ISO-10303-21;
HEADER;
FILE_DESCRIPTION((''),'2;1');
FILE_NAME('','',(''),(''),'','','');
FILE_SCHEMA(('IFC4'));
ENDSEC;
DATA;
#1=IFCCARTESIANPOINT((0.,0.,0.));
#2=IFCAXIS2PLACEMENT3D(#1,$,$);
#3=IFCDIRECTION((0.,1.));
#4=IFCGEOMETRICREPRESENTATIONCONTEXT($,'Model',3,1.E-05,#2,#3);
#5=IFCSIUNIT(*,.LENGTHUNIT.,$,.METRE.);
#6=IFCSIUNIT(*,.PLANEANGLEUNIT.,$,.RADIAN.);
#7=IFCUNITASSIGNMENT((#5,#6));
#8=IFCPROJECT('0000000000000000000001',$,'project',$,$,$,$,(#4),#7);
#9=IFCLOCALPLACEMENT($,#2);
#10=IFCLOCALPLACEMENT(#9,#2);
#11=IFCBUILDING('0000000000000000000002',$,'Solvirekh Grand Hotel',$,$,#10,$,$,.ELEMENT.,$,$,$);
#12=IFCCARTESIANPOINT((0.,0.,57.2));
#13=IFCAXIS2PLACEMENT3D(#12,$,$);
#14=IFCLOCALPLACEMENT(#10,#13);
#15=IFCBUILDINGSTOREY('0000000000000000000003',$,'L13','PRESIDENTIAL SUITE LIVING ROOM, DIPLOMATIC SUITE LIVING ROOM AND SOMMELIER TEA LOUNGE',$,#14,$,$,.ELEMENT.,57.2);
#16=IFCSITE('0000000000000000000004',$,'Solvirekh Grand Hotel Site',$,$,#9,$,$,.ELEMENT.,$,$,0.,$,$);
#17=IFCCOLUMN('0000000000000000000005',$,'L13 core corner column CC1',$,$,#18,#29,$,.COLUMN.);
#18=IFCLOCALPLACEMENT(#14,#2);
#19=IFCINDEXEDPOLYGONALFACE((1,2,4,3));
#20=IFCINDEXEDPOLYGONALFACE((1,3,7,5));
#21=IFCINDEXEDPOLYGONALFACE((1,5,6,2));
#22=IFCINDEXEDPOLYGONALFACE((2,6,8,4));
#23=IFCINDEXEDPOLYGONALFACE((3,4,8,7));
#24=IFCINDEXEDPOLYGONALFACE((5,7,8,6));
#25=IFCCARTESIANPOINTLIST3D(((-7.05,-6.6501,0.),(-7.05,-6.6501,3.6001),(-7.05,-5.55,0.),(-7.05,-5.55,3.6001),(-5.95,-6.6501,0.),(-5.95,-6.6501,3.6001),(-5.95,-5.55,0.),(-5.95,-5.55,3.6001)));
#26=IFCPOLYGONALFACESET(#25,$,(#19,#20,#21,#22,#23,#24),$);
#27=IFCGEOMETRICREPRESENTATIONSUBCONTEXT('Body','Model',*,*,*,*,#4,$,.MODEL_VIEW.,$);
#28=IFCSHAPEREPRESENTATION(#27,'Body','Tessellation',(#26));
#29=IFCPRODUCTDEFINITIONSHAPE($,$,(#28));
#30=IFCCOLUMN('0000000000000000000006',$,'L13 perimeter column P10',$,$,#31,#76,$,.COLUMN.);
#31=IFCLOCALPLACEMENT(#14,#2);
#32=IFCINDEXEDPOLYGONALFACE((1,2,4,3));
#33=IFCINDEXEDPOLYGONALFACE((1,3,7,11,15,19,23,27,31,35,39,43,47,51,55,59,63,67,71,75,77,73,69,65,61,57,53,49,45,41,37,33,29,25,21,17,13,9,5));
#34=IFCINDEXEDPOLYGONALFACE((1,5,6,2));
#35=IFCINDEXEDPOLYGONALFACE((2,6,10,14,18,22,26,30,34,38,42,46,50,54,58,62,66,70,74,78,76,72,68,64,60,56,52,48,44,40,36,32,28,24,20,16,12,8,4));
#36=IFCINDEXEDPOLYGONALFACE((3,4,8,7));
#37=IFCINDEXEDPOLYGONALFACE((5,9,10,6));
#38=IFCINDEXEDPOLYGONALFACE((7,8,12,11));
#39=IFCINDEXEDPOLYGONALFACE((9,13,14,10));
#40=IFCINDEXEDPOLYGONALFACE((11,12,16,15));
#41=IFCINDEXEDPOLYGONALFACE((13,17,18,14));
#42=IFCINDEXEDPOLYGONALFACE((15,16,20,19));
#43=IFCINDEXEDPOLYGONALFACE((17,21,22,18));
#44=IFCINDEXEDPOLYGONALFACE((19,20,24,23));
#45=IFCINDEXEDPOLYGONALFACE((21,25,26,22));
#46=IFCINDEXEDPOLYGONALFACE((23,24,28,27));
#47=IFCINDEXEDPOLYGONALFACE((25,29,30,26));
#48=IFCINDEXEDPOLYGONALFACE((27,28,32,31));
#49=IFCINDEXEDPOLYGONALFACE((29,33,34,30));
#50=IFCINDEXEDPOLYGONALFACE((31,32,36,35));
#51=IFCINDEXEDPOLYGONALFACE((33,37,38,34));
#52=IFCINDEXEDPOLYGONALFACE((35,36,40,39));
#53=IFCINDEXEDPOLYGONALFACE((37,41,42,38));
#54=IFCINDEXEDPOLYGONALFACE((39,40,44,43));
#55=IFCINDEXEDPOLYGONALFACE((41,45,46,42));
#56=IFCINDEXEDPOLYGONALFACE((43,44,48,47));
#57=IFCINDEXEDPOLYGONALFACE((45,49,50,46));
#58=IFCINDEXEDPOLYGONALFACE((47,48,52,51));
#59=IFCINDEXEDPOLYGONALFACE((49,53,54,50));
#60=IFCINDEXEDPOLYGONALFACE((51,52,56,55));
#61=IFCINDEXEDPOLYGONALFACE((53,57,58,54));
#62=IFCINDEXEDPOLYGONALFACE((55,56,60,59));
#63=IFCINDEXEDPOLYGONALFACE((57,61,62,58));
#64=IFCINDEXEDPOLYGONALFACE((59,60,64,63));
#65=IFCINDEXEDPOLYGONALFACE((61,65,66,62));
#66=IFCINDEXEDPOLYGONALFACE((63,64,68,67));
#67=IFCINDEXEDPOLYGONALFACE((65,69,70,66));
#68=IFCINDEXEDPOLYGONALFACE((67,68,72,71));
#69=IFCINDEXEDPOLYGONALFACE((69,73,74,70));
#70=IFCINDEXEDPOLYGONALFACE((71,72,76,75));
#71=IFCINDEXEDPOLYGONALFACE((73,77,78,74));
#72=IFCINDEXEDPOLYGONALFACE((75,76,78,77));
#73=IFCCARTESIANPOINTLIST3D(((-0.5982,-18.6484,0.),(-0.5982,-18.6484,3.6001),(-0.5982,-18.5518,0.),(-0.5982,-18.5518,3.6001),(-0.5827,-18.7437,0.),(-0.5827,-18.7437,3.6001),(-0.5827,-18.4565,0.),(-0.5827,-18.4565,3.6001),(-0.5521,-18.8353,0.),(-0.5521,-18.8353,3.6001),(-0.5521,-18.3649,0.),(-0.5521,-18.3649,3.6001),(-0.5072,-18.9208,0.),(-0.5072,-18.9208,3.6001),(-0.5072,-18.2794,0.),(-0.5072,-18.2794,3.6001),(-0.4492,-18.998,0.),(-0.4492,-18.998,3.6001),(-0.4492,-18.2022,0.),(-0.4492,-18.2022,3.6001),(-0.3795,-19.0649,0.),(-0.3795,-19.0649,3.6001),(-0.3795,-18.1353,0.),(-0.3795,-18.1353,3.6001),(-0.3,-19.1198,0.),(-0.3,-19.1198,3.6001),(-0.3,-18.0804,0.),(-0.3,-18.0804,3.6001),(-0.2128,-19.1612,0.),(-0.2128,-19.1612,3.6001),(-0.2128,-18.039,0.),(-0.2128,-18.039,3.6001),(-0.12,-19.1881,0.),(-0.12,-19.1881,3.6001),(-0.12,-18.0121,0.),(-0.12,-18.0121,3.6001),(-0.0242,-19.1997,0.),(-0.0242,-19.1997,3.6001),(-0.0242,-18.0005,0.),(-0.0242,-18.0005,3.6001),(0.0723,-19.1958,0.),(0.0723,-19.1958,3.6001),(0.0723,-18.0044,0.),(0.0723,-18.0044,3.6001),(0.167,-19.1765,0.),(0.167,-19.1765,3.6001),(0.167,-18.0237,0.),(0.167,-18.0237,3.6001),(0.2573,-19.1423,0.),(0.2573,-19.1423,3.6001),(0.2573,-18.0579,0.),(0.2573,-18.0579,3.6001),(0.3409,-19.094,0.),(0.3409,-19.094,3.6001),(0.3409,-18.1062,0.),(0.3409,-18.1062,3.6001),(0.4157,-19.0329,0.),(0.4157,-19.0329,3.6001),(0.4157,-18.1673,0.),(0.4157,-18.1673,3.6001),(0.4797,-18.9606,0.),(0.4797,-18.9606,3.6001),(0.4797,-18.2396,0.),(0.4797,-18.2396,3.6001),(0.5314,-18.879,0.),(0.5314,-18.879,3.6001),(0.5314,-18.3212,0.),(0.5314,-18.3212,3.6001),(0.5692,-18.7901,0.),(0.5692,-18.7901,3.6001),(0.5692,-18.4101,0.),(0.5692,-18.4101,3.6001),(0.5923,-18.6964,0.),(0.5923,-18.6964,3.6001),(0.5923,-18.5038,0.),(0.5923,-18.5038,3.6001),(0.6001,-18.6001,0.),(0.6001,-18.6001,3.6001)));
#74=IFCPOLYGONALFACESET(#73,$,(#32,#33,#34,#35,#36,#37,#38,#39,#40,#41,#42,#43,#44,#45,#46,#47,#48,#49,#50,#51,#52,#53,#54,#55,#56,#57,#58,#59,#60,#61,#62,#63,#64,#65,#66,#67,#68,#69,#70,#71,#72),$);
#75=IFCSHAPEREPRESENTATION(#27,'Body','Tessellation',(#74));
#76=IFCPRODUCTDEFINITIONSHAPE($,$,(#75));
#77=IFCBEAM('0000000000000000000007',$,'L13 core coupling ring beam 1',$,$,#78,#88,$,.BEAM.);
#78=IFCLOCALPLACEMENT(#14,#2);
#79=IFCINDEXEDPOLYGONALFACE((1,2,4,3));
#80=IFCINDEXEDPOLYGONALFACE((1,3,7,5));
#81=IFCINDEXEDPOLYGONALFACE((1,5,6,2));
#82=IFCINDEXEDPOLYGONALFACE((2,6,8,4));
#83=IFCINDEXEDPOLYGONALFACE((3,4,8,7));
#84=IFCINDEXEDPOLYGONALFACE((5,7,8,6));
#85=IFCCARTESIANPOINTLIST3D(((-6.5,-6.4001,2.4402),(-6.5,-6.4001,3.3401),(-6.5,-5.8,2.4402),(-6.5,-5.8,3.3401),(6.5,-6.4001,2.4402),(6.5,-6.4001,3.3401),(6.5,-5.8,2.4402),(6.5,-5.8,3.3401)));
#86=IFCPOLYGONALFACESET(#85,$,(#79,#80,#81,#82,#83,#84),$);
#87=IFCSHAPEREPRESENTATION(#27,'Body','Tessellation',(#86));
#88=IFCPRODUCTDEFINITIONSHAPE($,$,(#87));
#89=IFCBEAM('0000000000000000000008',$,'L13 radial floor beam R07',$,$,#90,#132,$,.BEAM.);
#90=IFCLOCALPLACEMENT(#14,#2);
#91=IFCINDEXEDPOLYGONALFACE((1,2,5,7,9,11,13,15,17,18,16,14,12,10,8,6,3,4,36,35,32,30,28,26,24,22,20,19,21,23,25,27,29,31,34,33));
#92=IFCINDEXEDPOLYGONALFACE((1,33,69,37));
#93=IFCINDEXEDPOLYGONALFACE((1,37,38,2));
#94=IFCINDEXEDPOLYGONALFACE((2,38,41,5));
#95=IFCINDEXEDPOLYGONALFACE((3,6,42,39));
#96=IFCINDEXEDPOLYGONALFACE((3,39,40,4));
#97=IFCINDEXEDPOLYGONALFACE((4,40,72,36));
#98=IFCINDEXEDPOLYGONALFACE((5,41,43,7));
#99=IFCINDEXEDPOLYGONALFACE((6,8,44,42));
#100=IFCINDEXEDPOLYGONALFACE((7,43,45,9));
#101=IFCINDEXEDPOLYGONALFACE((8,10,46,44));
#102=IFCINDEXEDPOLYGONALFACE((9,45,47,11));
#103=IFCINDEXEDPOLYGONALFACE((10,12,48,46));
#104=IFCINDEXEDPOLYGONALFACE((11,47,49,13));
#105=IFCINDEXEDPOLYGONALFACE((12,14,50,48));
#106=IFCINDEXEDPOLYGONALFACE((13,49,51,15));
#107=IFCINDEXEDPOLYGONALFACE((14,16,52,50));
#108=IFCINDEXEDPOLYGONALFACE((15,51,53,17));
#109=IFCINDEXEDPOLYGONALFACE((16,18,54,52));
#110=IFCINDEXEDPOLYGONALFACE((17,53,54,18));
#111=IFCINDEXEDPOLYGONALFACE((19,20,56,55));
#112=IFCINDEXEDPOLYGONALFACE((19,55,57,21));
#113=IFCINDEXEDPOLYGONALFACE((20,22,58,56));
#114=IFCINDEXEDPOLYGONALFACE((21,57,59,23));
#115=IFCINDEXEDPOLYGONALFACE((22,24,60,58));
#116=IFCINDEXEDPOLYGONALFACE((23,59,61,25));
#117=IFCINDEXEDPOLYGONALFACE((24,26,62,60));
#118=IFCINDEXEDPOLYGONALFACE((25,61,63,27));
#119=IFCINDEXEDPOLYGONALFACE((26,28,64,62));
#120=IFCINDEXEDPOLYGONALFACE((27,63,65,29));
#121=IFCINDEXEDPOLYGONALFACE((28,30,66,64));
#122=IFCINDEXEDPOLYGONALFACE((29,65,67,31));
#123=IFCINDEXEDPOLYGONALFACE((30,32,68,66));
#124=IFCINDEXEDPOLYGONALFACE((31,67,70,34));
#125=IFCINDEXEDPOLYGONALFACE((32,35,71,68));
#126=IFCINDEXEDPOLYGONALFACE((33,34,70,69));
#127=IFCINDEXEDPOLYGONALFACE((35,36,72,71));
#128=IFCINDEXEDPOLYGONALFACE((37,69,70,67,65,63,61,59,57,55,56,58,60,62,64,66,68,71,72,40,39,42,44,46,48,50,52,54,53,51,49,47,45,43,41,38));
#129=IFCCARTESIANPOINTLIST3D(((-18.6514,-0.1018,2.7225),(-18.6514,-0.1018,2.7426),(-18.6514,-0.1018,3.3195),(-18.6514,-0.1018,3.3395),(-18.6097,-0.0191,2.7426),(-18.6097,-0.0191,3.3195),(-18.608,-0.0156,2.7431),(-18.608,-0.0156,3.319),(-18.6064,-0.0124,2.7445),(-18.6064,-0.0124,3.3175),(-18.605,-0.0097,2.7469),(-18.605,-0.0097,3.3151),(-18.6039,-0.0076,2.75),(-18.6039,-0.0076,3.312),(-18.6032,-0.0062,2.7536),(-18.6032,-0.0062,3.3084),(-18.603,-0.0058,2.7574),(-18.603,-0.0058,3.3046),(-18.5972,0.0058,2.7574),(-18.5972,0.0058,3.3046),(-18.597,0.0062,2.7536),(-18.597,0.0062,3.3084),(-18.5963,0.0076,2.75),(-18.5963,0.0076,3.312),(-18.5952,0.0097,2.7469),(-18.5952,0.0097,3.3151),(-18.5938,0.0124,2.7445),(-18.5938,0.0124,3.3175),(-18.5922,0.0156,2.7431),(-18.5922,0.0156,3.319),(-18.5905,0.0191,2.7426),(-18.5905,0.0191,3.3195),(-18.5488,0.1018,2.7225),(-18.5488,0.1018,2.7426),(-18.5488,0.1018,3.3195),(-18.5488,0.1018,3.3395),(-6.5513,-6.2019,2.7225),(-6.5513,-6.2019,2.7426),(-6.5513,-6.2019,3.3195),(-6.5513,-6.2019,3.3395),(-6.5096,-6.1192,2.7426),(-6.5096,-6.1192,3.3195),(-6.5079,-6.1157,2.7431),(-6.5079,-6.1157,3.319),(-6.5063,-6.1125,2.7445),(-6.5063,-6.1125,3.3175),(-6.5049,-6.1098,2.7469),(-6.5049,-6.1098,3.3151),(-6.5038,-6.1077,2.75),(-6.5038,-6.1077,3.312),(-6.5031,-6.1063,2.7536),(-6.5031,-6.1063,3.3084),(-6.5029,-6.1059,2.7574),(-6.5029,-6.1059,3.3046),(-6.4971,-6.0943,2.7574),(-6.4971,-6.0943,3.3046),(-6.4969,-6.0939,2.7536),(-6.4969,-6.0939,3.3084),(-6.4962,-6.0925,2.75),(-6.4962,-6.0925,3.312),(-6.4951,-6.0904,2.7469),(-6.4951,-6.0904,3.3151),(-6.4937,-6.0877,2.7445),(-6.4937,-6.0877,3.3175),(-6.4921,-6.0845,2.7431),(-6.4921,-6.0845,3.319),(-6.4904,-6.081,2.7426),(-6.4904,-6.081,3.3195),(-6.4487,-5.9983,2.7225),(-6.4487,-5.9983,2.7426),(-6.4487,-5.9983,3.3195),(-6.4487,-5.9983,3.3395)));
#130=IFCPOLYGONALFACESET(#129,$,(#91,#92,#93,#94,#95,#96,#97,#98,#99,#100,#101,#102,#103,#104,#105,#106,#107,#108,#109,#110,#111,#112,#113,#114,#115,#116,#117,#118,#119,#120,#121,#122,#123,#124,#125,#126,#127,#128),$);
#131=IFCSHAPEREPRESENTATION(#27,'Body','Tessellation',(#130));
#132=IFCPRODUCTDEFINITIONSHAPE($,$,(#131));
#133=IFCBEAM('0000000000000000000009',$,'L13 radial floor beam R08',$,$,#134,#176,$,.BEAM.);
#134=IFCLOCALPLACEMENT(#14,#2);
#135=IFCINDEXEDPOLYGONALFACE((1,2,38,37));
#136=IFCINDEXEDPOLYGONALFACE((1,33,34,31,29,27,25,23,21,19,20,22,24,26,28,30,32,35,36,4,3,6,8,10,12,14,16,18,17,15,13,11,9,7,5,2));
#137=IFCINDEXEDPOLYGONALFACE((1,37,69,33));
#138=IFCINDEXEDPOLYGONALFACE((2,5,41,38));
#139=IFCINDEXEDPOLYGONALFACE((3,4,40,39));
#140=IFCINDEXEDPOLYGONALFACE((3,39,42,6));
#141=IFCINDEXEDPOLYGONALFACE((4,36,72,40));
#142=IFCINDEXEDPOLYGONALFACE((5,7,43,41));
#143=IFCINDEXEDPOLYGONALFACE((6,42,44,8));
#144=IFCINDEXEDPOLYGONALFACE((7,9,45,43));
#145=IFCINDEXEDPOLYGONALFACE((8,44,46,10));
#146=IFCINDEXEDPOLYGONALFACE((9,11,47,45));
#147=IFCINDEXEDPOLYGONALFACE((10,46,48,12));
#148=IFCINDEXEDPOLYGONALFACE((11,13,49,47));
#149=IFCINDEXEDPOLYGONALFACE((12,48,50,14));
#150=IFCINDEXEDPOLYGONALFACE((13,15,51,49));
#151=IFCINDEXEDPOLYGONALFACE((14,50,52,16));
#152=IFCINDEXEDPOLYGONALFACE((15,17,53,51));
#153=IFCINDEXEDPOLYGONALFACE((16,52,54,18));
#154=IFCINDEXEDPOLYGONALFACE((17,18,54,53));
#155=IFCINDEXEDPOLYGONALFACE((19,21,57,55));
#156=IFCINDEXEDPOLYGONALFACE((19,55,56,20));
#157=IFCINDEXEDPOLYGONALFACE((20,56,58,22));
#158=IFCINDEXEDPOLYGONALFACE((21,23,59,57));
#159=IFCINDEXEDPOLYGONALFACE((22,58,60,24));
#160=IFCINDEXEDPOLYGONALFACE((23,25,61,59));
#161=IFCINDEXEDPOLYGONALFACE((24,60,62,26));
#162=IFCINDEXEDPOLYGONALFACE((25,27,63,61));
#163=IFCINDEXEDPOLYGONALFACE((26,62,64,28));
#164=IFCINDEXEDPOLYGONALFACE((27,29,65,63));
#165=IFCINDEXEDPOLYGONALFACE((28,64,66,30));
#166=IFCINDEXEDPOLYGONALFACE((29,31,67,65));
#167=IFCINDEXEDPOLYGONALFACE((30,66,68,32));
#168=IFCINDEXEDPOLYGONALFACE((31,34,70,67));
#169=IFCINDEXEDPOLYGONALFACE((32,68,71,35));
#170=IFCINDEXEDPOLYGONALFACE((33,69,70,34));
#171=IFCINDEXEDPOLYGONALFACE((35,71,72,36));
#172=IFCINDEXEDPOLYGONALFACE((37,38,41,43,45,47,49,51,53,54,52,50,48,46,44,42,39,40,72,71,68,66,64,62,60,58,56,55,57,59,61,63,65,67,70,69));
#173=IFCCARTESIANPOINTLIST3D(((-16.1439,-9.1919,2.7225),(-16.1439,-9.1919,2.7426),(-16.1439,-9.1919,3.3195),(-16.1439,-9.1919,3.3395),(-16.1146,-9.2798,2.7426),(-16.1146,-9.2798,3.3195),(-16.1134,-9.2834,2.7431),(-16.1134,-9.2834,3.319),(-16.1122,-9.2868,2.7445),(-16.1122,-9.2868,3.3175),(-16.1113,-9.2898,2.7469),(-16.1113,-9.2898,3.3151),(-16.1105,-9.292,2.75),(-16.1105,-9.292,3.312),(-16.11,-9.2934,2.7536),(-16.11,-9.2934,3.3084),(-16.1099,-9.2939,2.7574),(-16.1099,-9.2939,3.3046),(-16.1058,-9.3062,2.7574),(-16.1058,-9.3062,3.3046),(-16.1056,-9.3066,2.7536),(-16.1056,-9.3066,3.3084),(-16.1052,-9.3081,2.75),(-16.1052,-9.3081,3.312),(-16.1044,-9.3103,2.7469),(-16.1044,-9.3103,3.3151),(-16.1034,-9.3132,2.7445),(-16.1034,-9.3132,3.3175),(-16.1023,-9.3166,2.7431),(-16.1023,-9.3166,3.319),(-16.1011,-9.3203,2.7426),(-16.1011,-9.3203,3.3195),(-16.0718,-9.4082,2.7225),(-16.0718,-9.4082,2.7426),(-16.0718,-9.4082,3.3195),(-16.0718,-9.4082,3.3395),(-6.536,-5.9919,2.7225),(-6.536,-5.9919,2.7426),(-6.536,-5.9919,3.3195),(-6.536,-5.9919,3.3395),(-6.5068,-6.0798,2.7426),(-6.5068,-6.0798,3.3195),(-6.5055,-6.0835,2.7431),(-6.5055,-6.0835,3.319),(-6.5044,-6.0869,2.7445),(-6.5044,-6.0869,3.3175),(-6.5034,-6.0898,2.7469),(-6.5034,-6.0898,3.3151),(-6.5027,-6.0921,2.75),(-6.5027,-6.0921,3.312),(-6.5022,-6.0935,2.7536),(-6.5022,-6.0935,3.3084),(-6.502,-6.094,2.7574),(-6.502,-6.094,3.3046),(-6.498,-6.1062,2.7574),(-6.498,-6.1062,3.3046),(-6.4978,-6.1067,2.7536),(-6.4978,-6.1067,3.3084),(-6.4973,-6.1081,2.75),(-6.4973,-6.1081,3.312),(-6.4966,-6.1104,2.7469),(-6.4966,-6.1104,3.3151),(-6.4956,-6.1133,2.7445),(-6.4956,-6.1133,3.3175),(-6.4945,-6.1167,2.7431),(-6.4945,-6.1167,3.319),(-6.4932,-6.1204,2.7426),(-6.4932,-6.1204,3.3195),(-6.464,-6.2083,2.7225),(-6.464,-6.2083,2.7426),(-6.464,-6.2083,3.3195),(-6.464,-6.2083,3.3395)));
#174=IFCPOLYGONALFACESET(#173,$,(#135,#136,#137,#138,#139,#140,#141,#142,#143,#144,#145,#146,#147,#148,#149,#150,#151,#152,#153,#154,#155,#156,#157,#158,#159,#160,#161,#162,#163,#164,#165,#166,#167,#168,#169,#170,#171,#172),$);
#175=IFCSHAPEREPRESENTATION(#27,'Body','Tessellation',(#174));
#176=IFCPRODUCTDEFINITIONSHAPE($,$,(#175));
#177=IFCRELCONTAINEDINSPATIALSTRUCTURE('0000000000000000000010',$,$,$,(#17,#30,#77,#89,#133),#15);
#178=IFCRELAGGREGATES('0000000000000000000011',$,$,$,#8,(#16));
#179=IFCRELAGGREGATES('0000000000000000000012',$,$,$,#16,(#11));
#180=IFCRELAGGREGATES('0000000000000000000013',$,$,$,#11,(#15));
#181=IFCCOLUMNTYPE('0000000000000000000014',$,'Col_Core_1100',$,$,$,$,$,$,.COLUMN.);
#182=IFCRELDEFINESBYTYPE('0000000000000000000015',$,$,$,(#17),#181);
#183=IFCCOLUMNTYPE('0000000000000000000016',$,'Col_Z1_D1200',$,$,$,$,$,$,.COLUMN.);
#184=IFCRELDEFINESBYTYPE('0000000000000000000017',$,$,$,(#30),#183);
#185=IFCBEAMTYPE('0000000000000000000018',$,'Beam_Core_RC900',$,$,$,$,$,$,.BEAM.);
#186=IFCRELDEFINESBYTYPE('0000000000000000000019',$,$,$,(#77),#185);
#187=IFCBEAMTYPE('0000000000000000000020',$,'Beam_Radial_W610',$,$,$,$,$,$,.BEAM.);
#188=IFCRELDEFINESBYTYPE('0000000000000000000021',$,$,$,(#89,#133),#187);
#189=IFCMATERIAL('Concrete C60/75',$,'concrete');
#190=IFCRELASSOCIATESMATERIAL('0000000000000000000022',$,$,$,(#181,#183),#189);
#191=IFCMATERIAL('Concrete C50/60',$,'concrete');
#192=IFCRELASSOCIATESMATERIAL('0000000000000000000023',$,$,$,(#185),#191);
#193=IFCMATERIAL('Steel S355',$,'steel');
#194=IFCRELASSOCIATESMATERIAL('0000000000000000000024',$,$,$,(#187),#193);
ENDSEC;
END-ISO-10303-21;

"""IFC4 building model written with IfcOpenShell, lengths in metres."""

from ifc_helpers import new_model, si_unit, direction, frame, origin, origin_2d, place, context, subcontext, project, spatial, rectangle, circle, i_section, extrude, material, material_profile, profile_set, type_object, element, save


model = new_model("IFC4")

# Units and contexts
model_context = context("Model", 3, precision=1e-05, world=origin(), true_north=direction((0.0, 1.0)))
body_context = subcontext(model_context, "Body", "Model", "MODEL_VIEW")
ifc_project = project(units=[si_unit("LENGTHUNIT", "METRE"), si_unit("PLANEANGLEUNIT", "RADIAN")], contexts=[model_context])

# Site, building, storey
site_placement = place(None, origin())
site = spatial("IfcSite", under=ifc_project, at=site_placement, Name="Solvirekh Grand Hotel Site", CompositionType="ELEMENT", RefElevation=0.0)
building_placement = place(site_placement, origin())
building = spatial("IfcBuilding", under=site, at=building_placement, Name="Solvirekh Grand Hotel", CompositionType="ELEMENT")
storey_placement = place(building_placement, frame((0.0, 0.0, 57.2)))
storey = spatial("IfcBuildingStorey", under=building, at=storey_placement, Name="L13", Description="PRESIDENTIAL SUITE LIVING ROOM, DIPLOMATIC SUITE LIVING ROOM AND SOMMELIER TEA LOUNGE", CompositionType="ELEMENT", Elevation=57.2)

# Columns
ifc_material_1 = material(Name="Concrete C60/75", Category="concrete")
ifc_material_profile_1 = material_profile(ifc_material_1, rectangle(XDim=1.1001, YDim=1.1001, at=origin_2d()), Name="RC 1100X1100")
ifc_profile_set_1 = profile_set([ifc_material_profile_1], Name="Concrete C60/75")
column_type_1 = type_object("IfcColumnType", Name="Col_Core_1100", PredefinedType="COLUMN", material=ifc_profile_set_1)
column_1_placement = place(storey_placement, frame((-6.5, -6.1001, 0.0), z_axis=(0.0, 0.0, 1.0), x_axis=(1.0, 0.0, 0.0)))
element("IfcColumn", 1, at=column_1_placement, inside=storey, type_object=column_type_1, Name="L13 core corner column CC1", PredefinedType="COLUMN", context=body_context, shape_type="SweptSolid", body=[
    extrude(rectangle(XDim=1.1001, YDim=1.1001, at=origin_2d()), origin(), (0.0, 0.0, 1.0), 3.6001),
])
ifc_material_profile_2 = material_profile(ifc_material_1, circle(Radius=0.6001, at=origin_2d()), Name="RC CIRC D1200")
ifc_profile_set_2 = profile_set([ifc_material_profile_2], Name="Concrete C60/75")
column_type_2 = type_object("IfcColumnType", Name="Col_Z1_D1200", PredefinedType="COLUMN", material=ifc_profile_set_2)
column_2_placement = place(storey_placement, frame((0.0, -18.6001, 0.0), z_axis=(0.0, 0.0, 1.0), x_axis=(1.0, 0.0, 0.0)))
element("IfcColumn", 2, at=column_2_placement, inside=storey, type_object=column_type_2, Name="L13 perimeter column P10", PredefinedType="COLUMN", context=body_context, shape_type="SweptSolid", body=[
    extrude(circle(Radius=0.6001, at=origin_2d()), origin(), (0.0, 0.0, 1.0), 3.6001),
])

# Beams
ifc_material_2 = material(Name="Concrete C50/60", Category="concrete")
ifc_material_profile_3 = material_profile(ifc_material_2, rectangle(XDim=0.6001, YDim=0.8999, at=origin_2d()), Name="RC BEAM 600X900")
ifc_profile_set_3 = profile_set([ifc_material_profile_3], Name="Concrete C50/60")
beam_type_1 = type_object("IfcBeamType", Name="Beam_Core_RC900", PredefinedType="BEAM", material=ifc_profile_set_3)
beam_1_placement = place(storey_placement, frame((-6.5, -6.1001, 2.8901), z_axis=(1.0, 0.0, 0.0), x_axis=(0.0, 1.0, 0.0)))
element("IfcBeam", 3, at=beam_1_placement, inside=storey, type_object=beam_type_1, Name="L13 core coupling ring beam 1", PredefinedType="BEAM", context=body_context, shape_type="SweptSolid", body=[
    extrude(rectangle(XDim=0.6001, YDim=0.8999, at=origin_2d()), origin(), (0.0, 0.0, 1.0), 13.0),
])
ifc_material_3 = material(Name="Steel S355", Category="steel")
ifc_material_profile_4 = material_profile(ifc_material_3, i_section(OverallWidth=0.228, OverallDepth=0.6169, WebThickness=0.0129, FlangeThickness=0.02, FilletRadius=0.0149, at=origin_2d()), Name="W610X140")
ifc_profile_set_4 = profile_set([ifc_material_profile_4], Name="Steel S355")
beam_type_2 = type_object("IfcBeamType", Name="Beam_Radial_W610", PredefinedType="BEAM", material=ifc_profile_set_4)
beam_2_placement = place(storey_placement, frame((-6.5, -6.1001, 3.031), z_axis=(-0.892945, 0.450166, 0.0), x_axis=(-0.450166, -0.892945, 0.0)))
element("IfcBeam", 4, at=beam_2_placement, inside=storey, type_object=beam_type_2, Name="L13 radial floor beam R07", PredefinedType="BEAM", context=body_context, shape_type="SweptSolid", body=[
    extrude(i_section(OverallWidth=0.228, OverallDepth=0.6169, WebThickness=0.0129, FlangeThickness=0.02, FilletRadius=0.0149, at=origin_2d()), origin(), (0.0, 0.0, 1.0), 13.5508),
])
beam_3_placement = place(storey_placement, frame((-6.5, -6.1001, 3.031), z_axis=(-0.948763, -0.315989, 0.0), x_axis=(0.315989, -0.948763, 0.0)))
element("IfcBeam", 5, at=beam_3_placement, inside=storey, type_object=beam_type_2, Name="L13 radial floor beam R08", PredefinedType="BEAM", context=body_context, shape_type="SweptSolid", body=[
    extrude(i_section(OverallWidth=0.228, OverallDepth=0.6169, WebThickness=0.0129, FlangeThickness=0.02, FilletRadius=0.0149, at=origin_2d()), origin(), (0.0, 0.0, 1.0), 10.1267),
])

save(model, "model.ifc")
